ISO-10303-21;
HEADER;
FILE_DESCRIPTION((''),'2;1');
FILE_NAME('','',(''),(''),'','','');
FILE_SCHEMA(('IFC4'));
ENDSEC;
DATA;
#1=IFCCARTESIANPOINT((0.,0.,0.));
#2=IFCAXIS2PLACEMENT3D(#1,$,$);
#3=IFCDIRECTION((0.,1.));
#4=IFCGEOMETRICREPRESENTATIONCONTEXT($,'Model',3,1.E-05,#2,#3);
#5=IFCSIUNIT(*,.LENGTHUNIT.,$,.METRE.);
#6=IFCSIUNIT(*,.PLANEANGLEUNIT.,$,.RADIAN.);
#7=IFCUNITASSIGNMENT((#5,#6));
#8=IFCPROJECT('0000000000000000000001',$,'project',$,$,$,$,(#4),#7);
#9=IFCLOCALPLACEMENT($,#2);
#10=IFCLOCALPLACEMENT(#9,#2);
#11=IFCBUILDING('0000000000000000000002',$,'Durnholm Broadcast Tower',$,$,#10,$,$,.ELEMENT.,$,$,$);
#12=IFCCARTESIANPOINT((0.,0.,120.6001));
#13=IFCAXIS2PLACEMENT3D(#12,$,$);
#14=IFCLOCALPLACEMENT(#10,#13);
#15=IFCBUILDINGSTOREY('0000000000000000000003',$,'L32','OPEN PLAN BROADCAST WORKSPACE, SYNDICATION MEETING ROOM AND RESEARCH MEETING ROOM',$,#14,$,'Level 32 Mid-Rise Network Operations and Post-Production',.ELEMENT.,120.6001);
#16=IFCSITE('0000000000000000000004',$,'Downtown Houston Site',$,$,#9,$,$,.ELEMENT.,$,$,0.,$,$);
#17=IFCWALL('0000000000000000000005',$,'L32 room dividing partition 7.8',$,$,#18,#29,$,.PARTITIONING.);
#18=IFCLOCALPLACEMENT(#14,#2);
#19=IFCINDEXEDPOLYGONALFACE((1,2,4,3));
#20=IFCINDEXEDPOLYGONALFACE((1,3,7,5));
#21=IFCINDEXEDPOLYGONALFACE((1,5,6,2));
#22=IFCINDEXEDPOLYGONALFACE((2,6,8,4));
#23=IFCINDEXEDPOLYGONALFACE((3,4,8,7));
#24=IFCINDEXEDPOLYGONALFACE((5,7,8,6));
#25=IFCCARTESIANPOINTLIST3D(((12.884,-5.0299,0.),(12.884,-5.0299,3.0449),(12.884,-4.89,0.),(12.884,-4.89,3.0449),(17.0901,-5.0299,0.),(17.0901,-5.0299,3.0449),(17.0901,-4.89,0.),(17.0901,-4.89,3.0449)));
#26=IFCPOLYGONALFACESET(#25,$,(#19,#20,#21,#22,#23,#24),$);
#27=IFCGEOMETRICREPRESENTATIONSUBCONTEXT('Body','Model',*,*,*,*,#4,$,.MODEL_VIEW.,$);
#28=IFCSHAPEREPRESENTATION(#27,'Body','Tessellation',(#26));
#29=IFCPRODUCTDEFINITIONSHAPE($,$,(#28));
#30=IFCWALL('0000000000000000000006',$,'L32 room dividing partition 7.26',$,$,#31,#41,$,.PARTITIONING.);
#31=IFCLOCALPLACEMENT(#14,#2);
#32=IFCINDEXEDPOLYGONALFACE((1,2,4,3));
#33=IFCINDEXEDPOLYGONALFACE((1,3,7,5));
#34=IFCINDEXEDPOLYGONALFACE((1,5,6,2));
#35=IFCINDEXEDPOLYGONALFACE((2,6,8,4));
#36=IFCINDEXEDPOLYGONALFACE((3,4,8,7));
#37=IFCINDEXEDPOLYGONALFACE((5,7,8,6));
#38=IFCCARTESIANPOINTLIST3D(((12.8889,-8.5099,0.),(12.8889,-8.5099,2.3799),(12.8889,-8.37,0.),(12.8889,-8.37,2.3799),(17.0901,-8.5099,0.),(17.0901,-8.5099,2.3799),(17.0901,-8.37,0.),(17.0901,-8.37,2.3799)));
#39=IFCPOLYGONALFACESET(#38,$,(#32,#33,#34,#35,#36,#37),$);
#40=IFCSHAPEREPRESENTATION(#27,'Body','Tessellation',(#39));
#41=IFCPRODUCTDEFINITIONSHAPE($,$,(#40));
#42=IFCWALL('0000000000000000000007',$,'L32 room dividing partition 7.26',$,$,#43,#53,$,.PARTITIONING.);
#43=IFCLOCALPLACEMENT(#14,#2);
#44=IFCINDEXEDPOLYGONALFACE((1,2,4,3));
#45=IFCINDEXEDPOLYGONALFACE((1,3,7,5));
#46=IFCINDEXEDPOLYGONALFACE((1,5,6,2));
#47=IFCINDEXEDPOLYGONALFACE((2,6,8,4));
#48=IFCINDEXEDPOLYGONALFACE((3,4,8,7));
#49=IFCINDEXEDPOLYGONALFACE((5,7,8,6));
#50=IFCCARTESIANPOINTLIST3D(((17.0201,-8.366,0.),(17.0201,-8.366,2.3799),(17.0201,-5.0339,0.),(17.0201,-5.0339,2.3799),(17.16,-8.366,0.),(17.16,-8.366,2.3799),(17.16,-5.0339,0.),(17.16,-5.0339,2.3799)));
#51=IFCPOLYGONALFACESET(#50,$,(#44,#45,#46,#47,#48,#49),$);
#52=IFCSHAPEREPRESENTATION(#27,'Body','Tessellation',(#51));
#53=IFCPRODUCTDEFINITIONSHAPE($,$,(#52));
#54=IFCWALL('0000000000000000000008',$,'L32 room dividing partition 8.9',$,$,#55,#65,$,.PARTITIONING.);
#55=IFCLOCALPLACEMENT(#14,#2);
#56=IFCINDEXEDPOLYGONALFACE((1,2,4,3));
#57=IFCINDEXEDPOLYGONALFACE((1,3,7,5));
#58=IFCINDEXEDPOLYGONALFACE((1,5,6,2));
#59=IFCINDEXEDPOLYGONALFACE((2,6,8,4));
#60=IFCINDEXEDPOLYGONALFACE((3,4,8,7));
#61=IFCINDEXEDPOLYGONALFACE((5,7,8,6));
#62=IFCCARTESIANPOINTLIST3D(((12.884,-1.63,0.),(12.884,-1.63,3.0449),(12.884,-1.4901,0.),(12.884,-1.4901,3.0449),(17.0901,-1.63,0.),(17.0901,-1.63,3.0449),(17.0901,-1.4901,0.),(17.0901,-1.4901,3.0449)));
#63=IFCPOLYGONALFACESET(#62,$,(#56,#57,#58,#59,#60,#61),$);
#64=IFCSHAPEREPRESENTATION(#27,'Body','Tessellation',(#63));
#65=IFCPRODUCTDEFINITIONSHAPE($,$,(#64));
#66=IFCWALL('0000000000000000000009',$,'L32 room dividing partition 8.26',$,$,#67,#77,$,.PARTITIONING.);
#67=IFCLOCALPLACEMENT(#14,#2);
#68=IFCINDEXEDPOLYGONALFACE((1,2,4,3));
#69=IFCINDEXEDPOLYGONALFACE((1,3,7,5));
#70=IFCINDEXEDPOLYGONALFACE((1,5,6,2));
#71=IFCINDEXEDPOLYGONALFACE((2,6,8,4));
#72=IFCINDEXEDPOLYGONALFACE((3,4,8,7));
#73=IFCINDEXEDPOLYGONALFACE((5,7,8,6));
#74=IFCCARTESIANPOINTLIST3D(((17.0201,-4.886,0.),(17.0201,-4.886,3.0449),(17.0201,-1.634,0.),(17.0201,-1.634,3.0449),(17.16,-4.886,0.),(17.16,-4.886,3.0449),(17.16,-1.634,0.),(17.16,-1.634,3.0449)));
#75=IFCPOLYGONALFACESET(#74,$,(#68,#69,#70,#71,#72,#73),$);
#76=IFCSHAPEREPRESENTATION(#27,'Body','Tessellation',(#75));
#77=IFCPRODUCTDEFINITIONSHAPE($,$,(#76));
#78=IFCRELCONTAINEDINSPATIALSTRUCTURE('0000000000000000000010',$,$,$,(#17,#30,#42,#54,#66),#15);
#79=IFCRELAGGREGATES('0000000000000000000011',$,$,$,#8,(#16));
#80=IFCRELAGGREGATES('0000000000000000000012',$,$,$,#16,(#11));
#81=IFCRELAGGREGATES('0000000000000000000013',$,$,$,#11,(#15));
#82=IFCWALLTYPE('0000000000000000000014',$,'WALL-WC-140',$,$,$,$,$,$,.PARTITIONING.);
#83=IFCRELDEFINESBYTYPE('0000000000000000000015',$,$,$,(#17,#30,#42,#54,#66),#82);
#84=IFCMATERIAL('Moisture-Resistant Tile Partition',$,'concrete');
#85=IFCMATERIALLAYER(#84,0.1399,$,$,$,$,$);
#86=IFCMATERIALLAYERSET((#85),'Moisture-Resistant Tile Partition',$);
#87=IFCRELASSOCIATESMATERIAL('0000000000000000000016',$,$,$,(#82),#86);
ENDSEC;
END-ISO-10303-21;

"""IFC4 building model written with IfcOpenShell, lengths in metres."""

from ifc_helpers import new_model, si_unit, direction, frame, frame_2d, origin, place, context, subcontext, project, spatial, rectangle, extrude, material, layer, layer_set, type_object, element, save


model = new_model("IFC4")

# Units and contexts
model_context = context("Model", 3, precision=1e-05, world=origin(), true_north=direction((0.0, 1.0)))
body_context = subcontext(model_context, "Body", "Model", "MODEL_VIEW")
ifc_project = project(units=[si_unit("LENGTHUNIT", "METRE"), si_unit("PLANEANGLEUNIT", "RADIAN")], contexts=[model_context])

# Site, building, storey
site_placement = place(None, origin())
site = spatial("IfcSite", under=ifc_project, at=site_placement, Name="Downtown Houston Site", CompositionType="ELEMENT", RefElevation=0.0)
building_placement = place(site_placement, origin())
building = spatial("IfcBuilding", under=site, at=building_placement, Name="Durnholm Broadcast Tower", CompositionType="ELEMENT")
storey_placement = place(building_placement, frame((0.0, 0.0, 120.6001)))
storey = spatial("IfcBuildingStorey", under=building, at=storey_placement, Name="L32", Description="OPEN PLAN BROADCAST WORKSPACE, SYNDICATION MEETING ROOM AND RESEARCH MEETING ROOM", LongName="Level 32 Mid-Rise Network Operations and Post-Production", CompositionType="ELEMENT", Elevation=120.6001)

# Shared definitions
ifc_material_1 = material(Name="Moisture-Resistant Tile Partition", Category="concrete")
ifc_layer_1 = layer(ifc_material_1, 0.1399)
ifc_layer_set_1 = layer_set([ifc_layer_1], Name="Moisture-Resistant Tile Partition")
wall_type = type_object("IfcWallType", Name="WALL-WC-140", PredefinedType="PARTITIONING", material=ifc_layer_set_1)

# Walls
wall_1_placement = place(storey_placement, frame((12.884, -4.96, 0.0), z_axis=(0.0, 0.0, 1.0), x_axis=(1.0, 0.0, 0.0)))
element("IfcWall", 1, at=wall_1_placement, inside=storey, type_object=wall_type, Name="L32 room dividing partition 7.8", PredefinedType="PARTITIONING", context=body_context, shape_type="SweptSolid", body=[
    extrude(rectangle(XDim=4.2061, YDim=0.1399, at=frame_2d((2.103, 0.0))), origin(), (0.0, 0.0, 1.0), 3.0449),
])
wall_2_placement = place(storey_placement, frame((17.0901, -8.4399, 0.0), z_axis=(0.0, 0.0, 1.0), x_axis=(-1.0, 0.0, 0.0)))
element("IfcWall", 2, at=wall_2_placement, inside=storey, type_object=wall_type, Name="L32 room dividing partition 7.26", PredefinedType="PARTITIONING", context=body_context, shape_type="SweptSolid", body=[
    extrude(rectangle(XDim=4.2012, YDim=0.1399, at=frame_2d((2.1006, 0.0))), origin(), (0.0, 0.0, 1.0), 2.3799),
])
wall_3_placement = place(storey_placement, frame((17.0901, -5.0339, 0.0), z_axis=(0.0, 0.0, 1.0), x_axis=(0.0, -1.0, 0.0)))
element("IfcWall", 3, at=wall_3_placement, inside=storey, type_object=wall_type, Name="L32 room dividing partition 7.26", PredefinedType="PARTITIONING", context=body_context, shape_type="SweptSolid", body=[
    extrude(rectangle(XDim=3.332, YDim=0.1399, at=frame_2d((1.666, 0.0))), origin(), (0.0, 0.0, 1.0), 2.3799),
])
wall_4_placement = place(storey_placement, frame((12.884, -1.5601, 0.0), z_axis=(0.0, 0.0, 1.0), x_axis=(1.0, 0.0, 0.0)))
element("IfcWall", 4, at=wall_4_placement, inside=storey, type_object=wall_type, Name="L32 room dividing partition 8.9", PredefinedType="PARTITIONING", context=body_context, shape_type="SweptSolid", body=[
    extrude(rectangle(XDim=4.2061, YDim=0.1399, at=frame_2d((2.103, 0.0))), origin(), (0.0, 0.0, 1.0), 3.0449),
])
wall_5_placement = place(storey_placement, frame((17.0901, -1.634, 0.0), z_axis=(0.0, 0.0, 1.0), x_axis=(0.0, -1.0, 0.0)))
element("IfcWall", 5, at=wall_5_placement, inside=storey, type_object=wall_type, Name="L32 room dividing partition 8.26", PredefinedType="PARTITIONING", context=body_context, shape_type="SweptSolid", body=[
    extrude(rectangle(XDim=3.252, YDim=0.1399, at=frame_2d((1.626, 0.0))), origin(), (0.0, 0.0, 1.0), 3.0449),
])

save(model, "model.ifc")
